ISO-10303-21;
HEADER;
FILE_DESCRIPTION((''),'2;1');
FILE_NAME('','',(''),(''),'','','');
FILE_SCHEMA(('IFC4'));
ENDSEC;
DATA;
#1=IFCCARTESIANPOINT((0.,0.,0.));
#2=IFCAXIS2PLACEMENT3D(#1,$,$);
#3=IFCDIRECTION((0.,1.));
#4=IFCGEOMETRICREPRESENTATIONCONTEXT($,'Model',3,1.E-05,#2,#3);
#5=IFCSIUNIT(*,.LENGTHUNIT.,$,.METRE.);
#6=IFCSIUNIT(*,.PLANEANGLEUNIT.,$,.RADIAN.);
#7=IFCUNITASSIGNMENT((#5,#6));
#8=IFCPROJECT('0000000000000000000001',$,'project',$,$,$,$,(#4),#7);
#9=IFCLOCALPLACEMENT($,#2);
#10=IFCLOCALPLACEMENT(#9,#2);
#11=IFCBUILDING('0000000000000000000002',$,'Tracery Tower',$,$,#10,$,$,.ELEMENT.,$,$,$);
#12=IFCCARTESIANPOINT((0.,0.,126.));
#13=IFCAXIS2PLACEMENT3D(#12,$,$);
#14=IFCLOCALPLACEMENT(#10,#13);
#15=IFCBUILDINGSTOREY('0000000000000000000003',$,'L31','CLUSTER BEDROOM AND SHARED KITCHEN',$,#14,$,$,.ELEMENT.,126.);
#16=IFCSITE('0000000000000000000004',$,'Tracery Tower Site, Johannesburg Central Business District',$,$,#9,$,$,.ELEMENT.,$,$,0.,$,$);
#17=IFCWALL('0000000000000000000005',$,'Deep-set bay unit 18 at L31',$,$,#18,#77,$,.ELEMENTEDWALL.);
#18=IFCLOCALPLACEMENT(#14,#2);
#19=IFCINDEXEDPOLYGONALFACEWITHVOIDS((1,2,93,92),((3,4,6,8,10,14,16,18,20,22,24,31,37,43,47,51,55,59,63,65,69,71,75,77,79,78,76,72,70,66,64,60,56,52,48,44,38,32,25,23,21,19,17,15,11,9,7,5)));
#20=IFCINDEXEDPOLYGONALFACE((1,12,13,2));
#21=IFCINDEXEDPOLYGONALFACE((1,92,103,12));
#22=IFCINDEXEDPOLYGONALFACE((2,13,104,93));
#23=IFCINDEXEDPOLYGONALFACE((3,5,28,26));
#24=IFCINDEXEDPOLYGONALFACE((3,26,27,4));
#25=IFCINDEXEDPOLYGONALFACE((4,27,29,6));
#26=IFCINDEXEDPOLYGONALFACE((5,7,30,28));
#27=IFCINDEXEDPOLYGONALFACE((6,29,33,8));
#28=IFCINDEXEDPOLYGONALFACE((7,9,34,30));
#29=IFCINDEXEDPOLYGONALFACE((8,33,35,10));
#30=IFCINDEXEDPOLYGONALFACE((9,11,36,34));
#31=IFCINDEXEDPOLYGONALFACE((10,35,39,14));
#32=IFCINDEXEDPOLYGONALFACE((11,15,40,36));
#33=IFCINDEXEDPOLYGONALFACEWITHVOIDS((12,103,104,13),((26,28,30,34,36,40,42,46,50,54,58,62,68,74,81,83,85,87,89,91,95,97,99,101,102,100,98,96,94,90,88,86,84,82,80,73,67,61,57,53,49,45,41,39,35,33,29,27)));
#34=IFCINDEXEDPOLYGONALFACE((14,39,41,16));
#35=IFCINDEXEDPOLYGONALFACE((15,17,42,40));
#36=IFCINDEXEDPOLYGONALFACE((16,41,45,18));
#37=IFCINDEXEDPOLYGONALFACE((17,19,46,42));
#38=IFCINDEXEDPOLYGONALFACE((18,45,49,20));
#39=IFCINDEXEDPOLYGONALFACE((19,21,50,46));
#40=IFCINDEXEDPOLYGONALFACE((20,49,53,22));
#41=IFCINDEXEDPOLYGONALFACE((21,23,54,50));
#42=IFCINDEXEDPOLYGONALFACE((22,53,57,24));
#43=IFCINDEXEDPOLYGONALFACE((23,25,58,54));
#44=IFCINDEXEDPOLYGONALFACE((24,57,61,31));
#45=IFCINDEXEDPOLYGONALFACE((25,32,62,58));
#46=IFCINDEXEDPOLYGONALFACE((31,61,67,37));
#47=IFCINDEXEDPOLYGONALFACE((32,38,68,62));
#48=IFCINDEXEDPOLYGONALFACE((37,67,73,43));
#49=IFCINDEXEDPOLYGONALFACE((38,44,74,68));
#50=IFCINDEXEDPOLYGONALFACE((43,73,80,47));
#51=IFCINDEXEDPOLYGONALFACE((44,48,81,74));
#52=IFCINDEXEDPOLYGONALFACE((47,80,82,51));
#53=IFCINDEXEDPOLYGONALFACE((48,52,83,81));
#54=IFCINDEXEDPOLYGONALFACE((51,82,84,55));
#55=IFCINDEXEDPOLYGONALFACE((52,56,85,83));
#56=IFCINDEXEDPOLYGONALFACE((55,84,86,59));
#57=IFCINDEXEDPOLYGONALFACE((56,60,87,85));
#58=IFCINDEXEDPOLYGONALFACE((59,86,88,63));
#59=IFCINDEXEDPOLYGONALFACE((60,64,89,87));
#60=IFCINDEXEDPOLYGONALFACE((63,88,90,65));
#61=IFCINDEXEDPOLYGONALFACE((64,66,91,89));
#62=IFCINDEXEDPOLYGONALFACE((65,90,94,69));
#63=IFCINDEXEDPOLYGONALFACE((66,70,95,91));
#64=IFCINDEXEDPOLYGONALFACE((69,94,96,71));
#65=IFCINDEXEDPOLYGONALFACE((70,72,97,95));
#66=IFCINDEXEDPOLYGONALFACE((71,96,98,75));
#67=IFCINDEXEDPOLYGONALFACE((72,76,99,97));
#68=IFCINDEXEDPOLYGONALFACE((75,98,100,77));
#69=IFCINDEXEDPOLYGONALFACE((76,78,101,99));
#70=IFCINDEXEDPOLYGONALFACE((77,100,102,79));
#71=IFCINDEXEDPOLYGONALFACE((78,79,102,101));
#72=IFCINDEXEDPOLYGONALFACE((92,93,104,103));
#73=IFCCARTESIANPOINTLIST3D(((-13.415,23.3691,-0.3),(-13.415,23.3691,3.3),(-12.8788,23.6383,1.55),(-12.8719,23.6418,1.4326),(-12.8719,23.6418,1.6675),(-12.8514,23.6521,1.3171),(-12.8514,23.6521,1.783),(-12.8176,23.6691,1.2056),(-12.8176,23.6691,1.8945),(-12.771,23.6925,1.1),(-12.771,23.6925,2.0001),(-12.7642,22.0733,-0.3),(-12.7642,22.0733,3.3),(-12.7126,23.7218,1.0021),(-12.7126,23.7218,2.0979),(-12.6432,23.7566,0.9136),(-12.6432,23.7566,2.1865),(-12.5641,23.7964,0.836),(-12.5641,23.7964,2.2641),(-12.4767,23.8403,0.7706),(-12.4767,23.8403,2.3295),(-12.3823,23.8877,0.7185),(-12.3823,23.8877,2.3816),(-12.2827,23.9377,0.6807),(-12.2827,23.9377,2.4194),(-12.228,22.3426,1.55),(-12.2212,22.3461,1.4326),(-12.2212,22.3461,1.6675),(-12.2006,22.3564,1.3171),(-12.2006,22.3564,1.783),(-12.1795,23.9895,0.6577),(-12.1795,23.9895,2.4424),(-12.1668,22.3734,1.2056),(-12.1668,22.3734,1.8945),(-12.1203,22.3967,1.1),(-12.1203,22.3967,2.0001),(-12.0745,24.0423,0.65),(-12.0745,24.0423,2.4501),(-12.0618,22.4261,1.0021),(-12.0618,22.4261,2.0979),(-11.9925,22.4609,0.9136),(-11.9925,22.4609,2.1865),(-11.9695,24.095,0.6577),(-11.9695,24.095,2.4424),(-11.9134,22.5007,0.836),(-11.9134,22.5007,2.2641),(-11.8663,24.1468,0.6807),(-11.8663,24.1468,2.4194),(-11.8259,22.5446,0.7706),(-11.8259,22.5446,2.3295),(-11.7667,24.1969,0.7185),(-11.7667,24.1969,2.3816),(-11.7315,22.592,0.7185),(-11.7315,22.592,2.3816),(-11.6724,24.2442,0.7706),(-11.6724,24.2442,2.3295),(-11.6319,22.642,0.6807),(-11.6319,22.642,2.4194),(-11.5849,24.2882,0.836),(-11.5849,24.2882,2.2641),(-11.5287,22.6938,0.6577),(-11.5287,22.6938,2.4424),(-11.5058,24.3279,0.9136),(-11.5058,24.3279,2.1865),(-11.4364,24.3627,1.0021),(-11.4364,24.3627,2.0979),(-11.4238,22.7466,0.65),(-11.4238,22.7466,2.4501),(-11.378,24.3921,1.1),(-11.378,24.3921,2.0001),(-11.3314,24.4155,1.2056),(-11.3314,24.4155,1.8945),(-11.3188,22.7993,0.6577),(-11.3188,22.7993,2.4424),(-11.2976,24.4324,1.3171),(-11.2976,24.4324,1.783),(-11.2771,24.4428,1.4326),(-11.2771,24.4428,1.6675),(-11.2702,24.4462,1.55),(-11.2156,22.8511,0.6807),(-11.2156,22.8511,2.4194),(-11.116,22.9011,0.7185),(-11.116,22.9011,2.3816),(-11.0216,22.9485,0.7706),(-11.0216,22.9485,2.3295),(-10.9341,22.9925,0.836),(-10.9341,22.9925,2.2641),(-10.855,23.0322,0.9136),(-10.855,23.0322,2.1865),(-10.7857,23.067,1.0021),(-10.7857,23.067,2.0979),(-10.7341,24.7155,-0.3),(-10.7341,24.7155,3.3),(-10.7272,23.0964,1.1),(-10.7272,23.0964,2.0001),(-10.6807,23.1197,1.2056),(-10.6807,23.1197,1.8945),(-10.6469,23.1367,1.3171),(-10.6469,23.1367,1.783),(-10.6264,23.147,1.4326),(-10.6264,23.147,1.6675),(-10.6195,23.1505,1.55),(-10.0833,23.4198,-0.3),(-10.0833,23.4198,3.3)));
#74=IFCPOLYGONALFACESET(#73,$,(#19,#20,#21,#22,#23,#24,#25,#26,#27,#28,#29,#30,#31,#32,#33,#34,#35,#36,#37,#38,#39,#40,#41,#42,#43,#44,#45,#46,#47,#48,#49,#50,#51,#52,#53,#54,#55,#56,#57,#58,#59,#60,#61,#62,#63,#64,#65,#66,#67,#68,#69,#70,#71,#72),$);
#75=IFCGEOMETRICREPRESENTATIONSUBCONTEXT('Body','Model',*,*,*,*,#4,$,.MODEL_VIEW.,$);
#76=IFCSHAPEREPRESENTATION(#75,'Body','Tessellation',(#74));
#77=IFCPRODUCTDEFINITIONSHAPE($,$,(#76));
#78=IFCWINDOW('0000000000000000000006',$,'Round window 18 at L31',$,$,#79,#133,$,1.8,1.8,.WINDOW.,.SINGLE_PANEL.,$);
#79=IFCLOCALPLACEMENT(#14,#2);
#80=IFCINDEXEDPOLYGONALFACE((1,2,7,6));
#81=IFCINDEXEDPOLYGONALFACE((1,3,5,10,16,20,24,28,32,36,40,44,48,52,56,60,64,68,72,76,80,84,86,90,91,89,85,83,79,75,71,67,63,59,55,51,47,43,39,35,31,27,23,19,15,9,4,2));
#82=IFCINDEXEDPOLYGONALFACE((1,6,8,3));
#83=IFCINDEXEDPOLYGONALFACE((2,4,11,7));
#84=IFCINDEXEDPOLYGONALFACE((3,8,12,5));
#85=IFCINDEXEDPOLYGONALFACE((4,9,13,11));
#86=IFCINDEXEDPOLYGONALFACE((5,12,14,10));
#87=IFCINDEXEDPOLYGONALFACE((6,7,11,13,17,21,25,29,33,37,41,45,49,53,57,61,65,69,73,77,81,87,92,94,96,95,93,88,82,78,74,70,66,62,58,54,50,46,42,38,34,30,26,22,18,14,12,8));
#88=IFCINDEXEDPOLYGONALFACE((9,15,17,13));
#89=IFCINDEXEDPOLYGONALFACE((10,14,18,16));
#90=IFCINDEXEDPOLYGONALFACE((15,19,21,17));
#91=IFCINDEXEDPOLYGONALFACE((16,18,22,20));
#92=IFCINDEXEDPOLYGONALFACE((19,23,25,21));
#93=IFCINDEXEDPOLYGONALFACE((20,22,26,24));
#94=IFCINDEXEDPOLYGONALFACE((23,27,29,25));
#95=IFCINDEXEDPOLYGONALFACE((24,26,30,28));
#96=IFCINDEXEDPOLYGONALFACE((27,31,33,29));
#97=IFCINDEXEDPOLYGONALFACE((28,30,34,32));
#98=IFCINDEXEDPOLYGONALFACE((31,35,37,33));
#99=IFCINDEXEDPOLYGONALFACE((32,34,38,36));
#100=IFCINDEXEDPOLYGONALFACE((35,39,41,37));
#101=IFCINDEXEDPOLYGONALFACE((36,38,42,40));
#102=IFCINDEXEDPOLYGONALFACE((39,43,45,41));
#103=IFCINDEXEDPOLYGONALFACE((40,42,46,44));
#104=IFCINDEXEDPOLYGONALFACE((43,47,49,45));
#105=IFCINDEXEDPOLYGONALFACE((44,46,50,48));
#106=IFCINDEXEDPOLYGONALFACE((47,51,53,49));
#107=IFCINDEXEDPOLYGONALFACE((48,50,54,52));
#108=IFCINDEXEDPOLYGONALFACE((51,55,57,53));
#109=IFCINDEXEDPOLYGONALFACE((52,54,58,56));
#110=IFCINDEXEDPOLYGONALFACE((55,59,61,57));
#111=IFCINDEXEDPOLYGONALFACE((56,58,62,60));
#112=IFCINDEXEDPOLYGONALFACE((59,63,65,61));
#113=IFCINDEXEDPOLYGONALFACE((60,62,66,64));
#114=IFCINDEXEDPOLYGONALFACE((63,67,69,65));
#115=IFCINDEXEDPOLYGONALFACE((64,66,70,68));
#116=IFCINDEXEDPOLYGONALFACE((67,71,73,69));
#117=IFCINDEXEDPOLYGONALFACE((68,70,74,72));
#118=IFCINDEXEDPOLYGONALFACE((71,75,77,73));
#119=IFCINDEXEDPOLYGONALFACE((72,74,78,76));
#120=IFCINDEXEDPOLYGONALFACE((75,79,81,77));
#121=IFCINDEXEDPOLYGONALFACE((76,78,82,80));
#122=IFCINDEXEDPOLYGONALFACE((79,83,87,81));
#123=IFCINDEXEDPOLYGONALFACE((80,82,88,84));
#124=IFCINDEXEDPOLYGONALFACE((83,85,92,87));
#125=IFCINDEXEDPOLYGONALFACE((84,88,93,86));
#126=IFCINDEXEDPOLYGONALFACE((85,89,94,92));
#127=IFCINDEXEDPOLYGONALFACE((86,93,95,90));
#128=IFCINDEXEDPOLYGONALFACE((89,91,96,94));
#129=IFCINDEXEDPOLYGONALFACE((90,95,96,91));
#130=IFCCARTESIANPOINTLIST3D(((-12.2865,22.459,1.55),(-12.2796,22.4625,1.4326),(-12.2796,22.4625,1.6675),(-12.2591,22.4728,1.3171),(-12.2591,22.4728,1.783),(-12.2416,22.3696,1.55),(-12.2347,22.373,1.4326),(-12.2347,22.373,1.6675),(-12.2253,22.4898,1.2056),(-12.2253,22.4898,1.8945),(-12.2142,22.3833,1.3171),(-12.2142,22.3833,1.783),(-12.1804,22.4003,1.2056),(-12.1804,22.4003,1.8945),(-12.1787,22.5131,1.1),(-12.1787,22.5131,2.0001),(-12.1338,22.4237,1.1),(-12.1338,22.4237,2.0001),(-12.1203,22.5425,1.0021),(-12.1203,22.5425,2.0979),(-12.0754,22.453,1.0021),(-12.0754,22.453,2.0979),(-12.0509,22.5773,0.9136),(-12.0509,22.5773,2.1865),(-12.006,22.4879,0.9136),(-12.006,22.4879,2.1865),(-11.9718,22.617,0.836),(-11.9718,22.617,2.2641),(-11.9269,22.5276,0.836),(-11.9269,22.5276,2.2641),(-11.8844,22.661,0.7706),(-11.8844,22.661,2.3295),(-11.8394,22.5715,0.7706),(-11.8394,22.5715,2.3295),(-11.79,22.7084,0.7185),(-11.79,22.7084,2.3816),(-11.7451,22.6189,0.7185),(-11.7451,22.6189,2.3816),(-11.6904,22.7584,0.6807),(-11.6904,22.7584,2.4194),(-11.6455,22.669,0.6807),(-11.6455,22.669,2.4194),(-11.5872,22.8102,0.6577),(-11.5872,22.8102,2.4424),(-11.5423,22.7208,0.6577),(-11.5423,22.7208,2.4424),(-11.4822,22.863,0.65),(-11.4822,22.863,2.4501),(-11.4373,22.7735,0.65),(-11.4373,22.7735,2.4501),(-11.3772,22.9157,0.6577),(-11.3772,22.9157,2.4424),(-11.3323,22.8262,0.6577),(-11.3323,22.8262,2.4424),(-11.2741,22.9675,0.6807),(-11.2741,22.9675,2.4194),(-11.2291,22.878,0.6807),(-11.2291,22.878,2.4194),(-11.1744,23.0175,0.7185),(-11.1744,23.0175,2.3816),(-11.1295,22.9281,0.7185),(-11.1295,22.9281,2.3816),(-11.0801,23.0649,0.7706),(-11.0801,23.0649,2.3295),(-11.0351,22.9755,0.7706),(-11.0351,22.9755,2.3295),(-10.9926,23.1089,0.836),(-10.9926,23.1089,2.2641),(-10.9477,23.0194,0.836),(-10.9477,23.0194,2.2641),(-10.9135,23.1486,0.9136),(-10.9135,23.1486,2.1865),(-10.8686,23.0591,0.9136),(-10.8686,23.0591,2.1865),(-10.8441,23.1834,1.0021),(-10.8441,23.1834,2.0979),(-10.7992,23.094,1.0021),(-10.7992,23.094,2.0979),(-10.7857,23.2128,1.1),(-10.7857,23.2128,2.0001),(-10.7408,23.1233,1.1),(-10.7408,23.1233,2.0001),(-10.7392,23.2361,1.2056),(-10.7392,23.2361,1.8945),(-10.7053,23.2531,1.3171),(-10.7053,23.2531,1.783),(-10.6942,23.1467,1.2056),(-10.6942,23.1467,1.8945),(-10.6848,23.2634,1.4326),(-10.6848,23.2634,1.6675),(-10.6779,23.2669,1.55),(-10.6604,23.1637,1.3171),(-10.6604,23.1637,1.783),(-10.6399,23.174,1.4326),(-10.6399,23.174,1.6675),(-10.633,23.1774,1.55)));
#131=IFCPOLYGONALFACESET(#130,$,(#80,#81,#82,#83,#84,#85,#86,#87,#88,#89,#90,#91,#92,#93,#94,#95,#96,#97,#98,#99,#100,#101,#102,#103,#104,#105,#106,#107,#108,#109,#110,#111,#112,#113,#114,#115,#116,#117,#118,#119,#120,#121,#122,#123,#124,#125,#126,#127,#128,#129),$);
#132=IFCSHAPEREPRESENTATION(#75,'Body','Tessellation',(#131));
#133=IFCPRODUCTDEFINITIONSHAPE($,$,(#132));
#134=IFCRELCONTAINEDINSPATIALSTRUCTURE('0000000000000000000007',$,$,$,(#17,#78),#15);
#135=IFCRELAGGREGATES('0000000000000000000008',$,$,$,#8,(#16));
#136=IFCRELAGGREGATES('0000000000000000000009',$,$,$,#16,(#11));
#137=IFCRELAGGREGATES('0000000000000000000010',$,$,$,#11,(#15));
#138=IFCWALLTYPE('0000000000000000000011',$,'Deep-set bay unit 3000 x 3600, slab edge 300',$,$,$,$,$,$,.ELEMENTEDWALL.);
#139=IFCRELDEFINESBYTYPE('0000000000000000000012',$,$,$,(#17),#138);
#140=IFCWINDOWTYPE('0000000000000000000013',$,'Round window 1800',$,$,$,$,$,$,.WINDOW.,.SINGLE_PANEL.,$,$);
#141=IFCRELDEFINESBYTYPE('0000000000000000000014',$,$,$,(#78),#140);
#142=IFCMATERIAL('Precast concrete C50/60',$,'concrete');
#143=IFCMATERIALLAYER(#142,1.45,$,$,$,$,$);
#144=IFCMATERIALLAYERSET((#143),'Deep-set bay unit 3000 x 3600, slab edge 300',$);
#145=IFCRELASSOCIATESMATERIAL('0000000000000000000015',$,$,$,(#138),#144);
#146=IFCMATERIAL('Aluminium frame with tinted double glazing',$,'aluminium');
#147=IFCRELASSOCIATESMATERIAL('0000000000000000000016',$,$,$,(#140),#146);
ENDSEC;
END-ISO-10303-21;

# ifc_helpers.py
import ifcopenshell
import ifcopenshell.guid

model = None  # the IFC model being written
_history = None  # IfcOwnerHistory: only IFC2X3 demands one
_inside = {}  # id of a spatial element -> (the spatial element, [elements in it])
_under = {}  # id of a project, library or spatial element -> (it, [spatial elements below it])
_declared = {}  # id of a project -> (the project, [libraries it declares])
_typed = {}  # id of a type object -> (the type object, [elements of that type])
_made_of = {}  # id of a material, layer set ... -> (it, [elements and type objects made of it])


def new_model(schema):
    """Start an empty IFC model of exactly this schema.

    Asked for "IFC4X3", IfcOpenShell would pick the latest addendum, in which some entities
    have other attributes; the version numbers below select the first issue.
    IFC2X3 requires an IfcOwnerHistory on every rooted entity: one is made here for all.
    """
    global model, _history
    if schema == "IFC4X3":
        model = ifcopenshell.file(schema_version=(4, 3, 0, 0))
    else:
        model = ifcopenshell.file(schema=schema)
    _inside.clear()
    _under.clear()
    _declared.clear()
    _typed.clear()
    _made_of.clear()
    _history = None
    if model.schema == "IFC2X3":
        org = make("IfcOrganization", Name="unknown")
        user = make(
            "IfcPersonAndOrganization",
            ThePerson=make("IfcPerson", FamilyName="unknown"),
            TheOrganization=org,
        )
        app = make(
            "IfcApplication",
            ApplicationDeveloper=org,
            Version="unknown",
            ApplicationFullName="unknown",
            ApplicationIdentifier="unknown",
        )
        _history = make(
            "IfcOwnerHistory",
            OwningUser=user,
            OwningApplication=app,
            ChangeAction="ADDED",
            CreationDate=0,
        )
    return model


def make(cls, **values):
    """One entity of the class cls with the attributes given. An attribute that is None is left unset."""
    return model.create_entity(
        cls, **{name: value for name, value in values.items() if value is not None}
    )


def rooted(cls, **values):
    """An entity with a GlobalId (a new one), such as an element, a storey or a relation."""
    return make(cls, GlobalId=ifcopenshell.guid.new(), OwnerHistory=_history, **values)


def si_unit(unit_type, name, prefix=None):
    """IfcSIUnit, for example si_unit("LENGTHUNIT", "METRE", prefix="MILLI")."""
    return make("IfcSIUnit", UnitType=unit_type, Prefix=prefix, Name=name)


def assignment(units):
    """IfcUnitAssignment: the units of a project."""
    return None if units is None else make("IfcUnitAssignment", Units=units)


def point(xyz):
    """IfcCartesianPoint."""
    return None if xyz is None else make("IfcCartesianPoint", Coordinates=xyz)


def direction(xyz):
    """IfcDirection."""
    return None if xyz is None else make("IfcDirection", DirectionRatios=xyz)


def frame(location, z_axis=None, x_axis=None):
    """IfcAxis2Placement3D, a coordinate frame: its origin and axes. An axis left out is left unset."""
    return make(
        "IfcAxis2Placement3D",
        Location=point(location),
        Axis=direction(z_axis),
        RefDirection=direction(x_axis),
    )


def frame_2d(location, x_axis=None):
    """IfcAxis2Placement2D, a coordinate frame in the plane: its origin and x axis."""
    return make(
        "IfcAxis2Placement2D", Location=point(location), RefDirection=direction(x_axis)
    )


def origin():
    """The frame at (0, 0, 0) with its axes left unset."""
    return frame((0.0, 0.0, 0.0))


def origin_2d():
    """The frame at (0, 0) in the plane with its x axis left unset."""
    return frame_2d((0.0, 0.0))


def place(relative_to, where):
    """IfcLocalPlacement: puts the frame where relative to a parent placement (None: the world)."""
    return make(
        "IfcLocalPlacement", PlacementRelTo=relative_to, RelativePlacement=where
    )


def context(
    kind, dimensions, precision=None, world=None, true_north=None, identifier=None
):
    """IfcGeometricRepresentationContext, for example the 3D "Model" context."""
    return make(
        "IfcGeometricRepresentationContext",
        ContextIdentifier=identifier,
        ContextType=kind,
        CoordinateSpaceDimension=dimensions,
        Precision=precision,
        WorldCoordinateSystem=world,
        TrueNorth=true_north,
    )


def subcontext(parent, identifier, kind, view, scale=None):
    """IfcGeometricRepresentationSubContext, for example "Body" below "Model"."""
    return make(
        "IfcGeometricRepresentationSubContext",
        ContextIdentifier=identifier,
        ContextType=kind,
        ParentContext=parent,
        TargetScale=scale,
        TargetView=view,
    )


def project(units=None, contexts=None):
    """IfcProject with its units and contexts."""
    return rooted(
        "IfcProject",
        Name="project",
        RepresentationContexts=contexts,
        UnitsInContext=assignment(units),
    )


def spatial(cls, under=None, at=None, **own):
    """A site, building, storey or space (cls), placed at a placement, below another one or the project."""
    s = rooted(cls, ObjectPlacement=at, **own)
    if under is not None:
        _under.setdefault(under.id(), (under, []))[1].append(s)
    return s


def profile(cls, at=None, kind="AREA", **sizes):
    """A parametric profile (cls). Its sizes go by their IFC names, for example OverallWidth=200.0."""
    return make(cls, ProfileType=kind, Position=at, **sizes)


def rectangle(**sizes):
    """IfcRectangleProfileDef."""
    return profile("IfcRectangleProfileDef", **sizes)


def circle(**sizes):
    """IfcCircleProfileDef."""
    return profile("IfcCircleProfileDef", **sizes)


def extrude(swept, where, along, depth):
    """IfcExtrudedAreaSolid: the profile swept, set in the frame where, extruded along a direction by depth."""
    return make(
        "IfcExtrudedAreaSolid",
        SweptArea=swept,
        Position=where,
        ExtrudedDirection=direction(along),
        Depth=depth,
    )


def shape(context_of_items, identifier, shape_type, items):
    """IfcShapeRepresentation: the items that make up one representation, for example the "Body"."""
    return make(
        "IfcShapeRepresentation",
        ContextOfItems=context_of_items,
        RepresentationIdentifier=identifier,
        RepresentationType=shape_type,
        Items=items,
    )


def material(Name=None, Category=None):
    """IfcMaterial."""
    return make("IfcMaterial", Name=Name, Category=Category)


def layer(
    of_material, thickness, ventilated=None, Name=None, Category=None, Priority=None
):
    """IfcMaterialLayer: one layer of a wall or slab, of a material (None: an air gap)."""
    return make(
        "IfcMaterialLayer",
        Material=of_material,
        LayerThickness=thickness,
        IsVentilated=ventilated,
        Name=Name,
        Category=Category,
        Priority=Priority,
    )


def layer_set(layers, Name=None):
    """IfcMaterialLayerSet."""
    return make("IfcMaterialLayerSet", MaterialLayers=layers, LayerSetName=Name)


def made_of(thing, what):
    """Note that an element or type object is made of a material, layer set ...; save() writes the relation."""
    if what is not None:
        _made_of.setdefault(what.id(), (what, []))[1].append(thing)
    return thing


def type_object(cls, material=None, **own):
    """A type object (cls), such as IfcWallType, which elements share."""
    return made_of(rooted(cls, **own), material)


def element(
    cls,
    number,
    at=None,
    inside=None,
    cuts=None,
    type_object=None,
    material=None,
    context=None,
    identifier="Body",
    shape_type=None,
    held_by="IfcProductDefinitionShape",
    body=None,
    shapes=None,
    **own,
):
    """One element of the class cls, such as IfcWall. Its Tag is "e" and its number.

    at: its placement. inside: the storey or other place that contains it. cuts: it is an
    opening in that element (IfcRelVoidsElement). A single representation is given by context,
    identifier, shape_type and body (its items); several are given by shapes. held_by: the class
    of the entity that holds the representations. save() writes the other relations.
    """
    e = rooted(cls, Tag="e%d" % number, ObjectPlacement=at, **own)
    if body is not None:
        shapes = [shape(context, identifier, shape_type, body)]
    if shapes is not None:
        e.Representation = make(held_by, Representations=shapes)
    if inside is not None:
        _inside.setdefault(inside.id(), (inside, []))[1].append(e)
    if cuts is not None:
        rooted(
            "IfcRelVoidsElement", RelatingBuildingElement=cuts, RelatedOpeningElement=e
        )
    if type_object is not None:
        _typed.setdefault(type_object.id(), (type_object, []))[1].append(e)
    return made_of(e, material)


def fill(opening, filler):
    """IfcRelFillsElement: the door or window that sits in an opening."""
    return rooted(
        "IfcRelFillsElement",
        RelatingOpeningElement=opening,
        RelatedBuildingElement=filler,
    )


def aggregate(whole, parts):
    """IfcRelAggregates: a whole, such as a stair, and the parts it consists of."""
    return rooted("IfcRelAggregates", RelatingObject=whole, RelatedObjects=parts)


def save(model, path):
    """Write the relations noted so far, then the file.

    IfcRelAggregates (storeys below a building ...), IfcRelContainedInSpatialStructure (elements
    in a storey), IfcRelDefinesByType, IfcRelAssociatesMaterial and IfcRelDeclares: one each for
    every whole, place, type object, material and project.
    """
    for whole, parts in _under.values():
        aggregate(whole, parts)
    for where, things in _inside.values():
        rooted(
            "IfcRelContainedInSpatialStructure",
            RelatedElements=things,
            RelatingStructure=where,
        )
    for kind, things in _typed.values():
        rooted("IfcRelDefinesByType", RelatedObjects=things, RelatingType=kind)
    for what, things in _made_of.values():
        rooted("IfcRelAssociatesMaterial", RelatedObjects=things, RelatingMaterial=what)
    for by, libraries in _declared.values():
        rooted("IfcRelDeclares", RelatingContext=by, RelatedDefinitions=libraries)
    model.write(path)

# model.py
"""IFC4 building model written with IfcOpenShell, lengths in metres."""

from ifc_helpers import new_model, si_unit, direction, frame, frame_2d, origin, origin_2d, place, context, subcontext, project, spatial, rectangle, circle, extrude, material, layer, layer_set, type_object, element, fill, save


model = new_model("IFC4")

# Units and contexts
model_context = context("Model", 3, precision=1e-05, world=origin(), true_north=direction((0.0, 1.0)))
body_context = subcontext(model_context, "Body", "Model", "MODEL_VIEW")
ifc_project = project(units=[si_unit("LENGTHUNIT", "METRE"), si_unit("PLANEANGLEUNIT", "RADIAN")], contexts=[model_context])

# Site, building, storey
site_placement = place(None, origin())
site = spatial("IfcSite", under=ifc_project, at=site_placement, Name="Tracery Tower Site, Johannesburg Central Business District", CompositionType="ELEMENT", RefElevation=0.0)
building_placement = place(site_placement, origin())
building = spatial("IfcBuilding", under=site, at=building_placement, Name="Tracery Tower", CompositionType="ELEMENT")
storey_placement = place(building_placement, frame((0.0, 0.0, 126.0)))
storey = spatial("IfcBuildingStorey", under=building, at=storey_placement, Name="L31", Description="CLUSTER BEDROOM AND SHARED KITCHEN", CompositionType="ELEMENT", Elevation=126.0)

# Wall, opening, window
ifc_material_1 = material(Name="Precast concrete C50/60", Category="concrete")
ifc_layer_1 = layer(ifc_material_1, 1.45)
ifc_layer_set_1 = layer_set([ifc_layer_1], Name="Deep-set bay unit 3000 x 3600, slab edge 300")
wall_type_1 = type_object("IfcWallType", Name="Deep-set bay unit 3000 x 3600, slab edge 300", PredefinedType="ELEMENTEDWALL", material=ifc_layer_set_1)
ifc_material_2 = material(Name="Aluminium frame with tinted double glazing", Category="aluminium")
window_type = type_object("IfcWindowType", Name="Round window 1800", PartitioningType="SINGLE_PANEL", PredefinedType="WINDOW", material=ifc_material_2)
wall_1_placement = place(storey_placement, frame((-10.4087, 24.0676, -0.3), z_axis=(0.0, 0.0, 1.0), x_axis=(-0.893628, -0.448808, 0.0)))
wall_1 = element("IfcWall", 1, at=wall_1_placement, inside=storey, type_object=wall_type_1, Name="Deep-set bay unit 18 at L31", PredefinedType="ELEMENTEDWALL", context=body_context, shape_type="SweptSolid", body=[
    extrude(rectangle(XDim=3.0, YDim=1.45, at=frame_2d((1.5, 0.0))), origin(), (0.0, 0.0, 1.0), 3.6001),
])
opening_1_placement = place(wall_1_placement, frame((1.5, 0.0, 1.8501)))
opening_1 = element("IfcOpeningElement", 2, at=opening_1_placement, cuts=wall_1, PredefinedType="OPENING", context=body_context, shape_type="SweptSolid", body=[
    extrude(circle(Radius=0.9, at=origin_2d()), frame((0.0, 0.7349, 0.0), z_axis=(0.0, -1.0, 0.0), x_axis=(1.0, 0.0, 0.0)), (0.0, 0.0, 1.0), 1.47),
])
window_1_placement = place(opening_1_placement, origin())
window_1 = element("IfcWindow", 3, at=window_1_placement, inside=storey, type_object=window_type, Name="Round window 18 at L31", OverallHeight=1.8, OverallWidth=1.8, PartitioningType="SINGLE_PANEL", PredefinedType="WINDOW", context=body_context, shape_type="SweptSolid", body=[
    extrude(circle(Radius=0.9, at=origin_2d()), frame((0.0, 0.6948, 0.0), z_axis=(0.0, -1.0, 0.0), x_axis=(1.0, 0.0, 0.0)), (0.0, 0.0, 1.0), 0.1001),
])
fill(opening_1, window_1)

save(model, "model.ifc")
